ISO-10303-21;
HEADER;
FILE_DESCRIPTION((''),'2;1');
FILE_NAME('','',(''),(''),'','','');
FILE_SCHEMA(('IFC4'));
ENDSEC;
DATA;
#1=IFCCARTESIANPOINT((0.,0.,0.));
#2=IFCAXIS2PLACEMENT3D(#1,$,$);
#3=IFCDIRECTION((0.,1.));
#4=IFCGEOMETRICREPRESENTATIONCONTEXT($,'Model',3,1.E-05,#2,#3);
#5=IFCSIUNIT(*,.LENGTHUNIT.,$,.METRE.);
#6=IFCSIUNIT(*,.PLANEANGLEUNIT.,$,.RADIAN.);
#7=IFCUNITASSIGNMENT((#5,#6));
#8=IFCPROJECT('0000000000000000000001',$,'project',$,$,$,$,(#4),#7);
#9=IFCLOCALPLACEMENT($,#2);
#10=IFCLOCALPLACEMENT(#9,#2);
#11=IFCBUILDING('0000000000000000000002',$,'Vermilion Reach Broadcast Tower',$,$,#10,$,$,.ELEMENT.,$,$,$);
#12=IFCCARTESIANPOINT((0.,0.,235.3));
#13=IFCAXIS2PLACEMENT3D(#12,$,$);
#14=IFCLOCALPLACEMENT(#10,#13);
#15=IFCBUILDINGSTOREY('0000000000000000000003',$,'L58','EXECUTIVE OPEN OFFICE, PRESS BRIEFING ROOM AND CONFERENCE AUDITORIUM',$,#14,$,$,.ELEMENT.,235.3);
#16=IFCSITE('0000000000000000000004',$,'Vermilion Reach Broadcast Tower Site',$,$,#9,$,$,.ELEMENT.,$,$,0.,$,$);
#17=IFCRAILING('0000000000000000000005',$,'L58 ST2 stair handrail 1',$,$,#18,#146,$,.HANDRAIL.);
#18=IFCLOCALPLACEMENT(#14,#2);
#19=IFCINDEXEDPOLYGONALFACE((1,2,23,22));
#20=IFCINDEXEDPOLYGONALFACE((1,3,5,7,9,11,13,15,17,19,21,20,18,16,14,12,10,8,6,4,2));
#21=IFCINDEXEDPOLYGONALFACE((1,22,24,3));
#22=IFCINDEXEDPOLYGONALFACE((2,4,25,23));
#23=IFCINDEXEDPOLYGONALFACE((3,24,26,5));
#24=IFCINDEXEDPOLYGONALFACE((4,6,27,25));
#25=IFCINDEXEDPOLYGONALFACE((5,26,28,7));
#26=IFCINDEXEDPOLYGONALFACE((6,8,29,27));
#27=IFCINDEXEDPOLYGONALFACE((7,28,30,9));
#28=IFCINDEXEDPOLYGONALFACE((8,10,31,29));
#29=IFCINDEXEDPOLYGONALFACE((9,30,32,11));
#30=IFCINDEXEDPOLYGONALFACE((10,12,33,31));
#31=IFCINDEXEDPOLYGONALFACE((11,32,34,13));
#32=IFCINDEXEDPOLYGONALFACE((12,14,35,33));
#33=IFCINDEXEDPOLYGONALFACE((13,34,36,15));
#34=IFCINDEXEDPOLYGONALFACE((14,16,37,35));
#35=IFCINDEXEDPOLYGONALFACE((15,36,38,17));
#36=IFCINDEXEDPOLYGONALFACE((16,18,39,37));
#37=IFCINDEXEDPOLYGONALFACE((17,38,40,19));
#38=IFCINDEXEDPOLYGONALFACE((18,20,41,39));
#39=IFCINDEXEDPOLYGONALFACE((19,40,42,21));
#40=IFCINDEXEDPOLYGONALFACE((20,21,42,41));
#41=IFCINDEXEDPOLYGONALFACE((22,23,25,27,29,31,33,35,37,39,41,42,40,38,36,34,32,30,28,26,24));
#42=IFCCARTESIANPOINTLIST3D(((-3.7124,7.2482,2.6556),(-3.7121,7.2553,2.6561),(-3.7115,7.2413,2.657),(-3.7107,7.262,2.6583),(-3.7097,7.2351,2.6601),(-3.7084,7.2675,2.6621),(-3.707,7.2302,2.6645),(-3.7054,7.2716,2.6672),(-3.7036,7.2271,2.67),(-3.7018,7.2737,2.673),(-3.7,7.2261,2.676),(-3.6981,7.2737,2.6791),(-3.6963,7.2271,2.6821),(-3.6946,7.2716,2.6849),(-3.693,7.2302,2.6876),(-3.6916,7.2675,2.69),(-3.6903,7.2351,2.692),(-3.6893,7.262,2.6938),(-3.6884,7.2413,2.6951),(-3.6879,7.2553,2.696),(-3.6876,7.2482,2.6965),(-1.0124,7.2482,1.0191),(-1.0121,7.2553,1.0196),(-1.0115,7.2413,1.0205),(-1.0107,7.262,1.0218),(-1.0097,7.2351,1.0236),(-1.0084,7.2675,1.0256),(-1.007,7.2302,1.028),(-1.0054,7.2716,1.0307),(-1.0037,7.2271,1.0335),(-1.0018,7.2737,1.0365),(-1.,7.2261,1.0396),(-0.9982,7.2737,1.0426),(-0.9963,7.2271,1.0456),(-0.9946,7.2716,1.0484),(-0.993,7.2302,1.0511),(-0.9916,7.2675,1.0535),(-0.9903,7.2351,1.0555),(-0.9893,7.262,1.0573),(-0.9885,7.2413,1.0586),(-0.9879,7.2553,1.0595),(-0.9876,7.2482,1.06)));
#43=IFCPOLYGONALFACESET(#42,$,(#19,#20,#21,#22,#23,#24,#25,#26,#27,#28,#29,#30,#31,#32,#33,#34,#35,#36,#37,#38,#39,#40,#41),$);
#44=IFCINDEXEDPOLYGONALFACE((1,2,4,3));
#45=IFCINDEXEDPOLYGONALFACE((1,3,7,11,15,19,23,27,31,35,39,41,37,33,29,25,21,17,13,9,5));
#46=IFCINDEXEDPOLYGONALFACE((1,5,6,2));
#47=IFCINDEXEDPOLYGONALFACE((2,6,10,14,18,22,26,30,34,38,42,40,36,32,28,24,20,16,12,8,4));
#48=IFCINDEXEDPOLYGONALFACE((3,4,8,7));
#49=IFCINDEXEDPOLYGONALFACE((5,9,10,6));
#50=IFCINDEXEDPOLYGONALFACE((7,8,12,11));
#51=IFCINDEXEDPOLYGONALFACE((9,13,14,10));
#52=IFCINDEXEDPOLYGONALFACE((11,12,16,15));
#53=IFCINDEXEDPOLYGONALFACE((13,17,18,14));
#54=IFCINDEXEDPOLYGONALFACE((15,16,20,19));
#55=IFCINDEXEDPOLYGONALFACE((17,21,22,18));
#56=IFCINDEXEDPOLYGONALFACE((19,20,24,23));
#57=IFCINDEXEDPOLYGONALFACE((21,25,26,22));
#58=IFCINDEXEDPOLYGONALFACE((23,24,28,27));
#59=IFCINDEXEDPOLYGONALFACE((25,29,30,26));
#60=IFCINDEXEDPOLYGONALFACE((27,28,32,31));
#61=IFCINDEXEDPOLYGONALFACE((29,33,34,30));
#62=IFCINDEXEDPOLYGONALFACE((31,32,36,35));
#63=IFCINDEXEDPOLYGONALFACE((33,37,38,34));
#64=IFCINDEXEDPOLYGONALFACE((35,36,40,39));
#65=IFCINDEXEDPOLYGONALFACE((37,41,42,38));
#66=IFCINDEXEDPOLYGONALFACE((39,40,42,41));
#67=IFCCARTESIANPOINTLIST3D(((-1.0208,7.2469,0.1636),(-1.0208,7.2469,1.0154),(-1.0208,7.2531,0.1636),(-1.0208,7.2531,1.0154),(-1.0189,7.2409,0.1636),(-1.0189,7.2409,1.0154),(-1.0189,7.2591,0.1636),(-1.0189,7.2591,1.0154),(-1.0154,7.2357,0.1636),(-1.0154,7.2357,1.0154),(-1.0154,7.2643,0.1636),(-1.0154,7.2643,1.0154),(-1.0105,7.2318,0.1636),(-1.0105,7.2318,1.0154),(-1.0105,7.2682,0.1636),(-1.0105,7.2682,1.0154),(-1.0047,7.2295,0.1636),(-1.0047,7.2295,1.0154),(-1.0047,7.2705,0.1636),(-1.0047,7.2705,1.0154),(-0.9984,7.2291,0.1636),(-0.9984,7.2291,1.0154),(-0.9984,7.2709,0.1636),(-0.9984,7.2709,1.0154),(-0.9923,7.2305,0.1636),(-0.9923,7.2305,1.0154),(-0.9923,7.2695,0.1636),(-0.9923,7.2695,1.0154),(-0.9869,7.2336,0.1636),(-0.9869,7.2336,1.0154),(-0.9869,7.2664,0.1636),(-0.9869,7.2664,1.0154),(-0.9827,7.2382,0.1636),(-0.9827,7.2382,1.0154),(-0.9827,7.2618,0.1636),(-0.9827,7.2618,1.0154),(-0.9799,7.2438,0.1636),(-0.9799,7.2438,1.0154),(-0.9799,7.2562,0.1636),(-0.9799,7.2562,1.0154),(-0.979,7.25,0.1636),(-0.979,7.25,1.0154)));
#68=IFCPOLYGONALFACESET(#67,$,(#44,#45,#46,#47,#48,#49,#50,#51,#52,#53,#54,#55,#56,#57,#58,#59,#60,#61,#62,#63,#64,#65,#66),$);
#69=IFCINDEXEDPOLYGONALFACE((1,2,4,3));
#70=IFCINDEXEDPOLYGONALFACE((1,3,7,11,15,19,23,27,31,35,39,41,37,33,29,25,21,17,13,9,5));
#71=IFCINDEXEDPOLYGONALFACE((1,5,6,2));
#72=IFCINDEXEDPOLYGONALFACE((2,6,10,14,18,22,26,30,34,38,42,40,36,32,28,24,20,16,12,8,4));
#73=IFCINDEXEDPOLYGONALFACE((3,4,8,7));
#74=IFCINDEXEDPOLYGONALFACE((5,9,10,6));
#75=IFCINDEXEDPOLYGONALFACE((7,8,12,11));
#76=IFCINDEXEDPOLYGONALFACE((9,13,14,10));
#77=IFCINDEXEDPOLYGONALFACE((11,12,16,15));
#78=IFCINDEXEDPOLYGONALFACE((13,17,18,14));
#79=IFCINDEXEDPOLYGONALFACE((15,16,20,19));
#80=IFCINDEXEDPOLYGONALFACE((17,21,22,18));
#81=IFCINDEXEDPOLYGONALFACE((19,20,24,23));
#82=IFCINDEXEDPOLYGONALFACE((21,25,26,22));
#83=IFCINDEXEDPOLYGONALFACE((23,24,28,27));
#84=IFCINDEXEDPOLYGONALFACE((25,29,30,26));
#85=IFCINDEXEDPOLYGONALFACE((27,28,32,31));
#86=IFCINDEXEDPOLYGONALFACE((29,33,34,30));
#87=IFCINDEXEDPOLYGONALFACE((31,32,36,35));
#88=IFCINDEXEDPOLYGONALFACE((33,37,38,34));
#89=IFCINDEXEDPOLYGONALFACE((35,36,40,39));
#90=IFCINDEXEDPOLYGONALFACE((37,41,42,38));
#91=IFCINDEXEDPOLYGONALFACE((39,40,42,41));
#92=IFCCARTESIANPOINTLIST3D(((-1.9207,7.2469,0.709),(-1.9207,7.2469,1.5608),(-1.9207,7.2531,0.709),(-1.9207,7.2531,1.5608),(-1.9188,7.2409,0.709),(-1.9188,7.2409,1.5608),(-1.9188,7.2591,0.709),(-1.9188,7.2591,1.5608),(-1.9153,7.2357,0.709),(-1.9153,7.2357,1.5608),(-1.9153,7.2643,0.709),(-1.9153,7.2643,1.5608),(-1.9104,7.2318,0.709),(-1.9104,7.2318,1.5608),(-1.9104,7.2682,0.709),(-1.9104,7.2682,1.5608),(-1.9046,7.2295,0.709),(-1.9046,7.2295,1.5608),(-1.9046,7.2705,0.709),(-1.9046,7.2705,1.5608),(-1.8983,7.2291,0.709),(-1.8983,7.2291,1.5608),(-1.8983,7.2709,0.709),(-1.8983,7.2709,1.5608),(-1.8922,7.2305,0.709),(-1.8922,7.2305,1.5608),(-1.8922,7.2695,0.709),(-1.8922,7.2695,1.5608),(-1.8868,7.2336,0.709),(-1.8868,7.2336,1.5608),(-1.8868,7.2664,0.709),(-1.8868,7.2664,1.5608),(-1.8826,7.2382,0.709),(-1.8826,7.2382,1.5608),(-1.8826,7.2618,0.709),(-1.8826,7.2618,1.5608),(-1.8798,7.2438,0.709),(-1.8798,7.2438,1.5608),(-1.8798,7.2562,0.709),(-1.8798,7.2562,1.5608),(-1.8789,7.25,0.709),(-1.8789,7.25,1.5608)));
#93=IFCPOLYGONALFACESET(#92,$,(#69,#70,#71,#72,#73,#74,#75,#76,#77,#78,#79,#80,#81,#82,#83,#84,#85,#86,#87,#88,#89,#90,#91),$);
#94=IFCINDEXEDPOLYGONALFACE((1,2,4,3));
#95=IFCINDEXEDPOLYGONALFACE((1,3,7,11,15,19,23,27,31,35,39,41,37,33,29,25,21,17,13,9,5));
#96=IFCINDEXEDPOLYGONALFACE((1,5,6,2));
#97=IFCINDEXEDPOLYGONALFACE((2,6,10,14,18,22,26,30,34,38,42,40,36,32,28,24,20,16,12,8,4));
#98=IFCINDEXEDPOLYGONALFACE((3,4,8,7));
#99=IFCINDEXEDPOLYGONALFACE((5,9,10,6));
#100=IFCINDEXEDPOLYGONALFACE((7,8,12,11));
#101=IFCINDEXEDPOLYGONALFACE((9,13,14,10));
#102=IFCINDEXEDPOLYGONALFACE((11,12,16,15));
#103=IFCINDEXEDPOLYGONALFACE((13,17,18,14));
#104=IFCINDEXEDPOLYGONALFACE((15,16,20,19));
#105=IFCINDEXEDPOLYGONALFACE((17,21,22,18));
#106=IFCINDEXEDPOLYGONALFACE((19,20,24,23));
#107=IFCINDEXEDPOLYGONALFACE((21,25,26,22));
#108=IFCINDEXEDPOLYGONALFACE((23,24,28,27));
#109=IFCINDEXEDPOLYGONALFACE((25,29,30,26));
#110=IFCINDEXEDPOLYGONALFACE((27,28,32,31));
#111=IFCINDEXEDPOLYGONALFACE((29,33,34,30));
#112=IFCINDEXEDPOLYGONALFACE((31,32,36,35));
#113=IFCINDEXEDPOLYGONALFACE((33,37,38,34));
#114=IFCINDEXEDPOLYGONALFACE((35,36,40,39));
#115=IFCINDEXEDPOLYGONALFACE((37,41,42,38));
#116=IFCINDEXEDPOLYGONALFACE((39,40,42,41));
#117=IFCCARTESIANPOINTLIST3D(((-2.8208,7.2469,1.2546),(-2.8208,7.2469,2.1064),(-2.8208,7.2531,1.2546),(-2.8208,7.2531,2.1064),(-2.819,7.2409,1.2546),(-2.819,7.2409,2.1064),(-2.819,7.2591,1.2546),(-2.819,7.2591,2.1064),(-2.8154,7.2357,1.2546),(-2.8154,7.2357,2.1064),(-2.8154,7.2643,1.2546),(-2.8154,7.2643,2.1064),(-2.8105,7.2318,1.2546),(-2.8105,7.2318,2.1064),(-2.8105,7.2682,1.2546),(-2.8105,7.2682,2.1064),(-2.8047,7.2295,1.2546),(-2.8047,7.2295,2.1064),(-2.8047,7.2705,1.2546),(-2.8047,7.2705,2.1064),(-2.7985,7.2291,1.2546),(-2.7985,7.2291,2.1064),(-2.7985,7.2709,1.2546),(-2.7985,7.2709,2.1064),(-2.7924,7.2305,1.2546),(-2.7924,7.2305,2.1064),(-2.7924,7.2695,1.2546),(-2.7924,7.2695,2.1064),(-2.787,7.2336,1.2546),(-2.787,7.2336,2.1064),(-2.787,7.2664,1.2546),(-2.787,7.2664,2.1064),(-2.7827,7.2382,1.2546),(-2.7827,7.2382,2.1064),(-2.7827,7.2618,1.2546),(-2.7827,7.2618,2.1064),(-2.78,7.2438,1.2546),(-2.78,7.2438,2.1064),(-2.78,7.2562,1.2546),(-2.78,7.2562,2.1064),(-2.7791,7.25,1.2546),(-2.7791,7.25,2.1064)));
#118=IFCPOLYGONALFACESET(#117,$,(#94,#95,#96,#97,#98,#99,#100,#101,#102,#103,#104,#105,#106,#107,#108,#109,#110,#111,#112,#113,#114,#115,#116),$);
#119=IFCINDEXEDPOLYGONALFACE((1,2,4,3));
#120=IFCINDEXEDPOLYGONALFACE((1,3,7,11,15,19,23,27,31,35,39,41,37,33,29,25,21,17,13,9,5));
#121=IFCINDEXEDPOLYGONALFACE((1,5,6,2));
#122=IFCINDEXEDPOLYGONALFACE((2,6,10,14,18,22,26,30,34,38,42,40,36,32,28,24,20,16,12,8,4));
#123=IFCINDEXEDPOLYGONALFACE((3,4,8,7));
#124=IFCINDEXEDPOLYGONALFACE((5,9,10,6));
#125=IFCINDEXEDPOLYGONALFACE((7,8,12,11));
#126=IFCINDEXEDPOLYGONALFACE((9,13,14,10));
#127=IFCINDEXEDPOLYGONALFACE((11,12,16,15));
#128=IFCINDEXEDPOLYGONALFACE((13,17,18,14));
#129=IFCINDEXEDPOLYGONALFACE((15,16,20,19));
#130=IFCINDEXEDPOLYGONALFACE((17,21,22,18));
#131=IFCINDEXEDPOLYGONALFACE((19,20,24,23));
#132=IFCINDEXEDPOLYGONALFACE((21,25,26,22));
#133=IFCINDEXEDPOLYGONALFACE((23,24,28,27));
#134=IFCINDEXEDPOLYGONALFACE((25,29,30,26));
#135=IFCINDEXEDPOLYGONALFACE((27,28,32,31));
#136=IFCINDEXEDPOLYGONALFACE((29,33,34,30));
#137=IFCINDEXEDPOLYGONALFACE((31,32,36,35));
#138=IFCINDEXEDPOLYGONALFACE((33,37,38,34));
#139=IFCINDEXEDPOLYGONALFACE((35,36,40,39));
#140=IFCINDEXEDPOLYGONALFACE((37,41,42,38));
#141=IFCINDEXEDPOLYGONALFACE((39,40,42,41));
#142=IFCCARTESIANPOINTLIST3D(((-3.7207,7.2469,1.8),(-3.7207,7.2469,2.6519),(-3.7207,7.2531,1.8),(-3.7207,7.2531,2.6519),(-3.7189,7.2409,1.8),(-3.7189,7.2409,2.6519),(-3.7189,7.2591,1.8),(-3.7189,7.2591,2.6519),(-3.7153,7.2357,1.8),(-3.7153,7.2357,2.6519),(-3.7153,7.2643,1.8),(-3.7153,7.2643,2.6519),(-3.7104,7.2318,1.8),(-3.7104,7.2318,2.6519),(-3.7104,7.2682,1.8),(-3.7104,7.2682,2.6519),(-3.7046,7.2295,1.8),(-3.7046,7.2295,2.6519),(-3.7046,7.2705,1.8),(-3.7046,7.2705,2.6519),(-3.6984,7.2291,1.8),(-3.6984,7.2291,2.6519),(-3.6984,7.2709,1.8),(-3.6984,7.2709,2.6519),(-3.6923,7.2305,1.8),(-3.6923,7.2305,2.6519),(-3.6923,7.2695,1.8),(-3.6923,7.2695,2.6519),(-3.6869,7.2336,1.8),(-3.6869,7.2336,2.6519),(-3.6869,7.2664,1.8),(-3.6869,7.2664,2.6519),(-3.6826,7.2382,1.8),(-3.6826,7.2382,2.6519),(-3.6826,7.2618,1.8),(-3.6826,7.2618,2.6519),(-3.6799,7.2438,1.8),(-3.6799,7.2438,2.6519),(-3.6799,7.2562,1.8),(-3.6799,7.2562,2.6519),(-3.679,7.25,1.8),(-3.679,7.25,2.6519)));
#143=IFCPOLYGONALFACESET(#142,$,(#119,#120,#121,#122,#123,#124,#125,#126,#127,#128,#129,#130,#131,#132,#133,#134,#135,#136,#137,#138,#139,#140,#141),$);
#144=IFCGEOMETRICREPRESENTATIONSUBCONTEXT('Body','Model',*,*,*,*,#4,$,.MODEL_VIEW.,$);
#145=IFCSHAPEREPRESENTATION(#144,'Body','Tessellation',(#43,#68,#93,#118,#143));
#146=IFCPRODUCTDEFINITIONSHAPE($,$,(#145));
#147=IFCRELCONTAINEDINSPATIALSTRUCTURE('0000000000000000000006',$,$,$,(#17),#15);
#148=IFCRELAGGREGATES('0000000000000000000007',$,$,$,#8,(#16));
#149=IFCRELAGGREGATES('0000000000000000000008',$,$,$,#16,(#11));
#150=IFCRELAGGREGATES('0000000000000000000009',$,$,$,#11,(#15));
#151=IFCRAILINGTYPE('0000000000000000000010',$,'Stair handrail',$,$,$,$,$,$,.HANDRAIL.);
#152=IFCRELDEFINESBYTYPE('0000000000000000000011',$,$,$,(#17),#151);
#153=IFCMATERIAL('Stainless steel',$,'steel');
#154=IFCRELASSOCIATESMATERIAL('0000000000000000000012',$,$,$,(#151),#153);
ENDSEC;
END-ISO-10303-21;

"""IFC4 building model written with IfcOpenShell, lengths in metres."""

from ifc_helpers import new_model, si_unit, direction, frame, origin, origin_2d, place, context, subcontext, project, spatial, circle, extrude, material, type_object, element, save


model = new_model("IFC4")

# Units and contexts
model_context = context("Model", 3, precision=1e-05, world=origin(), true_north=direction((0.0, 1.0)))
body_context = subcontext(model_context, "Body", "Model", "MODEL_VIEW")
ifc_project = project(units=[si_unit("LENGTHUNIT", "METRE"), si_unit("PLANEANGLEUNIT", "RADIAN")], contexts=[model_context])

# Site, building, storey
site_placement = place(None, origin())
site = spatial("IfcSite", under=ifc_project, at=site_placement, Name="Vermilion Reach Broadcast Tower Site", CompositionType="ELEMENT", RefElevation=0.0)
building_placement = place(site_placement, origin())
building = spatial("IfcBuilding", under=site, at=building_placement, Name="Vermilion Reach Broadcast Tower", CompositionType="ELEMENT")
storey_placement = place(building_placement, frame((0.0, 0.0, 235.3)))
storey = spatial("IfcBuildingStorey", under=building, at=storey_placement, Name="L58", Description="EXECUTIVE OPEN OFFICE, PRESS BRIEFING ROOM AND CONFERENCE AUDITORIUM", CompositionType="ELEMENT", Elevation=235.3)

# Railing
ifc_material_1 = material(Name="Stainless steel", Category="steel")
railing_type_1 = type_object("IfcRailingType", Name="Stair handrail", PredefinedType="HANDRAIL", material=ifc_material_1)
railing_1_placement = place(storey_placement, frame((-1.0, 7.25, 0.1636)))
element("IfcRailing", 1, at=railing_1_placement, inside=storey, type_object=railing_type_1, Name="L58 ST2 stair handrail 1", PredefinedType="HANDRAIL", context=body_context, shape_type="SweptSolid", body=[
    extrude(circle(Radius=0.0239, at=origin_2d()), frame((0.0, 0.0, 0.876), z_axis=(-0.855178, 0.0, 0.518334), x_axis=(0.0, -1.0, 0.0)), (0.0, 0.0, 1.0), 3.1572),
    extrude(circle(Radius=0.021, at=origin_2d()), origin(), (0.0, 0.0, 1.0), 0.8518),
    extrude(circle(Radius=0.021, at=origin_2d()), frame((-0.8999, 0.0, 0.5454)), (0.0, 0.0, 1.0), 0.8518),
    extrude(circle(Radius=0.021, at=origin_2d()), frame((-1.8, 0.0, 1.0911)), (0.0, 0.0, 1.0), 0.8518),
    extrude(circle(Radius=0.021, at=origin_2d()), frame((-2.7, 0.0, 1.6365)), (0.0, 0.0, 1.0), 0.8518),
])

save(model, "model.ifc")
